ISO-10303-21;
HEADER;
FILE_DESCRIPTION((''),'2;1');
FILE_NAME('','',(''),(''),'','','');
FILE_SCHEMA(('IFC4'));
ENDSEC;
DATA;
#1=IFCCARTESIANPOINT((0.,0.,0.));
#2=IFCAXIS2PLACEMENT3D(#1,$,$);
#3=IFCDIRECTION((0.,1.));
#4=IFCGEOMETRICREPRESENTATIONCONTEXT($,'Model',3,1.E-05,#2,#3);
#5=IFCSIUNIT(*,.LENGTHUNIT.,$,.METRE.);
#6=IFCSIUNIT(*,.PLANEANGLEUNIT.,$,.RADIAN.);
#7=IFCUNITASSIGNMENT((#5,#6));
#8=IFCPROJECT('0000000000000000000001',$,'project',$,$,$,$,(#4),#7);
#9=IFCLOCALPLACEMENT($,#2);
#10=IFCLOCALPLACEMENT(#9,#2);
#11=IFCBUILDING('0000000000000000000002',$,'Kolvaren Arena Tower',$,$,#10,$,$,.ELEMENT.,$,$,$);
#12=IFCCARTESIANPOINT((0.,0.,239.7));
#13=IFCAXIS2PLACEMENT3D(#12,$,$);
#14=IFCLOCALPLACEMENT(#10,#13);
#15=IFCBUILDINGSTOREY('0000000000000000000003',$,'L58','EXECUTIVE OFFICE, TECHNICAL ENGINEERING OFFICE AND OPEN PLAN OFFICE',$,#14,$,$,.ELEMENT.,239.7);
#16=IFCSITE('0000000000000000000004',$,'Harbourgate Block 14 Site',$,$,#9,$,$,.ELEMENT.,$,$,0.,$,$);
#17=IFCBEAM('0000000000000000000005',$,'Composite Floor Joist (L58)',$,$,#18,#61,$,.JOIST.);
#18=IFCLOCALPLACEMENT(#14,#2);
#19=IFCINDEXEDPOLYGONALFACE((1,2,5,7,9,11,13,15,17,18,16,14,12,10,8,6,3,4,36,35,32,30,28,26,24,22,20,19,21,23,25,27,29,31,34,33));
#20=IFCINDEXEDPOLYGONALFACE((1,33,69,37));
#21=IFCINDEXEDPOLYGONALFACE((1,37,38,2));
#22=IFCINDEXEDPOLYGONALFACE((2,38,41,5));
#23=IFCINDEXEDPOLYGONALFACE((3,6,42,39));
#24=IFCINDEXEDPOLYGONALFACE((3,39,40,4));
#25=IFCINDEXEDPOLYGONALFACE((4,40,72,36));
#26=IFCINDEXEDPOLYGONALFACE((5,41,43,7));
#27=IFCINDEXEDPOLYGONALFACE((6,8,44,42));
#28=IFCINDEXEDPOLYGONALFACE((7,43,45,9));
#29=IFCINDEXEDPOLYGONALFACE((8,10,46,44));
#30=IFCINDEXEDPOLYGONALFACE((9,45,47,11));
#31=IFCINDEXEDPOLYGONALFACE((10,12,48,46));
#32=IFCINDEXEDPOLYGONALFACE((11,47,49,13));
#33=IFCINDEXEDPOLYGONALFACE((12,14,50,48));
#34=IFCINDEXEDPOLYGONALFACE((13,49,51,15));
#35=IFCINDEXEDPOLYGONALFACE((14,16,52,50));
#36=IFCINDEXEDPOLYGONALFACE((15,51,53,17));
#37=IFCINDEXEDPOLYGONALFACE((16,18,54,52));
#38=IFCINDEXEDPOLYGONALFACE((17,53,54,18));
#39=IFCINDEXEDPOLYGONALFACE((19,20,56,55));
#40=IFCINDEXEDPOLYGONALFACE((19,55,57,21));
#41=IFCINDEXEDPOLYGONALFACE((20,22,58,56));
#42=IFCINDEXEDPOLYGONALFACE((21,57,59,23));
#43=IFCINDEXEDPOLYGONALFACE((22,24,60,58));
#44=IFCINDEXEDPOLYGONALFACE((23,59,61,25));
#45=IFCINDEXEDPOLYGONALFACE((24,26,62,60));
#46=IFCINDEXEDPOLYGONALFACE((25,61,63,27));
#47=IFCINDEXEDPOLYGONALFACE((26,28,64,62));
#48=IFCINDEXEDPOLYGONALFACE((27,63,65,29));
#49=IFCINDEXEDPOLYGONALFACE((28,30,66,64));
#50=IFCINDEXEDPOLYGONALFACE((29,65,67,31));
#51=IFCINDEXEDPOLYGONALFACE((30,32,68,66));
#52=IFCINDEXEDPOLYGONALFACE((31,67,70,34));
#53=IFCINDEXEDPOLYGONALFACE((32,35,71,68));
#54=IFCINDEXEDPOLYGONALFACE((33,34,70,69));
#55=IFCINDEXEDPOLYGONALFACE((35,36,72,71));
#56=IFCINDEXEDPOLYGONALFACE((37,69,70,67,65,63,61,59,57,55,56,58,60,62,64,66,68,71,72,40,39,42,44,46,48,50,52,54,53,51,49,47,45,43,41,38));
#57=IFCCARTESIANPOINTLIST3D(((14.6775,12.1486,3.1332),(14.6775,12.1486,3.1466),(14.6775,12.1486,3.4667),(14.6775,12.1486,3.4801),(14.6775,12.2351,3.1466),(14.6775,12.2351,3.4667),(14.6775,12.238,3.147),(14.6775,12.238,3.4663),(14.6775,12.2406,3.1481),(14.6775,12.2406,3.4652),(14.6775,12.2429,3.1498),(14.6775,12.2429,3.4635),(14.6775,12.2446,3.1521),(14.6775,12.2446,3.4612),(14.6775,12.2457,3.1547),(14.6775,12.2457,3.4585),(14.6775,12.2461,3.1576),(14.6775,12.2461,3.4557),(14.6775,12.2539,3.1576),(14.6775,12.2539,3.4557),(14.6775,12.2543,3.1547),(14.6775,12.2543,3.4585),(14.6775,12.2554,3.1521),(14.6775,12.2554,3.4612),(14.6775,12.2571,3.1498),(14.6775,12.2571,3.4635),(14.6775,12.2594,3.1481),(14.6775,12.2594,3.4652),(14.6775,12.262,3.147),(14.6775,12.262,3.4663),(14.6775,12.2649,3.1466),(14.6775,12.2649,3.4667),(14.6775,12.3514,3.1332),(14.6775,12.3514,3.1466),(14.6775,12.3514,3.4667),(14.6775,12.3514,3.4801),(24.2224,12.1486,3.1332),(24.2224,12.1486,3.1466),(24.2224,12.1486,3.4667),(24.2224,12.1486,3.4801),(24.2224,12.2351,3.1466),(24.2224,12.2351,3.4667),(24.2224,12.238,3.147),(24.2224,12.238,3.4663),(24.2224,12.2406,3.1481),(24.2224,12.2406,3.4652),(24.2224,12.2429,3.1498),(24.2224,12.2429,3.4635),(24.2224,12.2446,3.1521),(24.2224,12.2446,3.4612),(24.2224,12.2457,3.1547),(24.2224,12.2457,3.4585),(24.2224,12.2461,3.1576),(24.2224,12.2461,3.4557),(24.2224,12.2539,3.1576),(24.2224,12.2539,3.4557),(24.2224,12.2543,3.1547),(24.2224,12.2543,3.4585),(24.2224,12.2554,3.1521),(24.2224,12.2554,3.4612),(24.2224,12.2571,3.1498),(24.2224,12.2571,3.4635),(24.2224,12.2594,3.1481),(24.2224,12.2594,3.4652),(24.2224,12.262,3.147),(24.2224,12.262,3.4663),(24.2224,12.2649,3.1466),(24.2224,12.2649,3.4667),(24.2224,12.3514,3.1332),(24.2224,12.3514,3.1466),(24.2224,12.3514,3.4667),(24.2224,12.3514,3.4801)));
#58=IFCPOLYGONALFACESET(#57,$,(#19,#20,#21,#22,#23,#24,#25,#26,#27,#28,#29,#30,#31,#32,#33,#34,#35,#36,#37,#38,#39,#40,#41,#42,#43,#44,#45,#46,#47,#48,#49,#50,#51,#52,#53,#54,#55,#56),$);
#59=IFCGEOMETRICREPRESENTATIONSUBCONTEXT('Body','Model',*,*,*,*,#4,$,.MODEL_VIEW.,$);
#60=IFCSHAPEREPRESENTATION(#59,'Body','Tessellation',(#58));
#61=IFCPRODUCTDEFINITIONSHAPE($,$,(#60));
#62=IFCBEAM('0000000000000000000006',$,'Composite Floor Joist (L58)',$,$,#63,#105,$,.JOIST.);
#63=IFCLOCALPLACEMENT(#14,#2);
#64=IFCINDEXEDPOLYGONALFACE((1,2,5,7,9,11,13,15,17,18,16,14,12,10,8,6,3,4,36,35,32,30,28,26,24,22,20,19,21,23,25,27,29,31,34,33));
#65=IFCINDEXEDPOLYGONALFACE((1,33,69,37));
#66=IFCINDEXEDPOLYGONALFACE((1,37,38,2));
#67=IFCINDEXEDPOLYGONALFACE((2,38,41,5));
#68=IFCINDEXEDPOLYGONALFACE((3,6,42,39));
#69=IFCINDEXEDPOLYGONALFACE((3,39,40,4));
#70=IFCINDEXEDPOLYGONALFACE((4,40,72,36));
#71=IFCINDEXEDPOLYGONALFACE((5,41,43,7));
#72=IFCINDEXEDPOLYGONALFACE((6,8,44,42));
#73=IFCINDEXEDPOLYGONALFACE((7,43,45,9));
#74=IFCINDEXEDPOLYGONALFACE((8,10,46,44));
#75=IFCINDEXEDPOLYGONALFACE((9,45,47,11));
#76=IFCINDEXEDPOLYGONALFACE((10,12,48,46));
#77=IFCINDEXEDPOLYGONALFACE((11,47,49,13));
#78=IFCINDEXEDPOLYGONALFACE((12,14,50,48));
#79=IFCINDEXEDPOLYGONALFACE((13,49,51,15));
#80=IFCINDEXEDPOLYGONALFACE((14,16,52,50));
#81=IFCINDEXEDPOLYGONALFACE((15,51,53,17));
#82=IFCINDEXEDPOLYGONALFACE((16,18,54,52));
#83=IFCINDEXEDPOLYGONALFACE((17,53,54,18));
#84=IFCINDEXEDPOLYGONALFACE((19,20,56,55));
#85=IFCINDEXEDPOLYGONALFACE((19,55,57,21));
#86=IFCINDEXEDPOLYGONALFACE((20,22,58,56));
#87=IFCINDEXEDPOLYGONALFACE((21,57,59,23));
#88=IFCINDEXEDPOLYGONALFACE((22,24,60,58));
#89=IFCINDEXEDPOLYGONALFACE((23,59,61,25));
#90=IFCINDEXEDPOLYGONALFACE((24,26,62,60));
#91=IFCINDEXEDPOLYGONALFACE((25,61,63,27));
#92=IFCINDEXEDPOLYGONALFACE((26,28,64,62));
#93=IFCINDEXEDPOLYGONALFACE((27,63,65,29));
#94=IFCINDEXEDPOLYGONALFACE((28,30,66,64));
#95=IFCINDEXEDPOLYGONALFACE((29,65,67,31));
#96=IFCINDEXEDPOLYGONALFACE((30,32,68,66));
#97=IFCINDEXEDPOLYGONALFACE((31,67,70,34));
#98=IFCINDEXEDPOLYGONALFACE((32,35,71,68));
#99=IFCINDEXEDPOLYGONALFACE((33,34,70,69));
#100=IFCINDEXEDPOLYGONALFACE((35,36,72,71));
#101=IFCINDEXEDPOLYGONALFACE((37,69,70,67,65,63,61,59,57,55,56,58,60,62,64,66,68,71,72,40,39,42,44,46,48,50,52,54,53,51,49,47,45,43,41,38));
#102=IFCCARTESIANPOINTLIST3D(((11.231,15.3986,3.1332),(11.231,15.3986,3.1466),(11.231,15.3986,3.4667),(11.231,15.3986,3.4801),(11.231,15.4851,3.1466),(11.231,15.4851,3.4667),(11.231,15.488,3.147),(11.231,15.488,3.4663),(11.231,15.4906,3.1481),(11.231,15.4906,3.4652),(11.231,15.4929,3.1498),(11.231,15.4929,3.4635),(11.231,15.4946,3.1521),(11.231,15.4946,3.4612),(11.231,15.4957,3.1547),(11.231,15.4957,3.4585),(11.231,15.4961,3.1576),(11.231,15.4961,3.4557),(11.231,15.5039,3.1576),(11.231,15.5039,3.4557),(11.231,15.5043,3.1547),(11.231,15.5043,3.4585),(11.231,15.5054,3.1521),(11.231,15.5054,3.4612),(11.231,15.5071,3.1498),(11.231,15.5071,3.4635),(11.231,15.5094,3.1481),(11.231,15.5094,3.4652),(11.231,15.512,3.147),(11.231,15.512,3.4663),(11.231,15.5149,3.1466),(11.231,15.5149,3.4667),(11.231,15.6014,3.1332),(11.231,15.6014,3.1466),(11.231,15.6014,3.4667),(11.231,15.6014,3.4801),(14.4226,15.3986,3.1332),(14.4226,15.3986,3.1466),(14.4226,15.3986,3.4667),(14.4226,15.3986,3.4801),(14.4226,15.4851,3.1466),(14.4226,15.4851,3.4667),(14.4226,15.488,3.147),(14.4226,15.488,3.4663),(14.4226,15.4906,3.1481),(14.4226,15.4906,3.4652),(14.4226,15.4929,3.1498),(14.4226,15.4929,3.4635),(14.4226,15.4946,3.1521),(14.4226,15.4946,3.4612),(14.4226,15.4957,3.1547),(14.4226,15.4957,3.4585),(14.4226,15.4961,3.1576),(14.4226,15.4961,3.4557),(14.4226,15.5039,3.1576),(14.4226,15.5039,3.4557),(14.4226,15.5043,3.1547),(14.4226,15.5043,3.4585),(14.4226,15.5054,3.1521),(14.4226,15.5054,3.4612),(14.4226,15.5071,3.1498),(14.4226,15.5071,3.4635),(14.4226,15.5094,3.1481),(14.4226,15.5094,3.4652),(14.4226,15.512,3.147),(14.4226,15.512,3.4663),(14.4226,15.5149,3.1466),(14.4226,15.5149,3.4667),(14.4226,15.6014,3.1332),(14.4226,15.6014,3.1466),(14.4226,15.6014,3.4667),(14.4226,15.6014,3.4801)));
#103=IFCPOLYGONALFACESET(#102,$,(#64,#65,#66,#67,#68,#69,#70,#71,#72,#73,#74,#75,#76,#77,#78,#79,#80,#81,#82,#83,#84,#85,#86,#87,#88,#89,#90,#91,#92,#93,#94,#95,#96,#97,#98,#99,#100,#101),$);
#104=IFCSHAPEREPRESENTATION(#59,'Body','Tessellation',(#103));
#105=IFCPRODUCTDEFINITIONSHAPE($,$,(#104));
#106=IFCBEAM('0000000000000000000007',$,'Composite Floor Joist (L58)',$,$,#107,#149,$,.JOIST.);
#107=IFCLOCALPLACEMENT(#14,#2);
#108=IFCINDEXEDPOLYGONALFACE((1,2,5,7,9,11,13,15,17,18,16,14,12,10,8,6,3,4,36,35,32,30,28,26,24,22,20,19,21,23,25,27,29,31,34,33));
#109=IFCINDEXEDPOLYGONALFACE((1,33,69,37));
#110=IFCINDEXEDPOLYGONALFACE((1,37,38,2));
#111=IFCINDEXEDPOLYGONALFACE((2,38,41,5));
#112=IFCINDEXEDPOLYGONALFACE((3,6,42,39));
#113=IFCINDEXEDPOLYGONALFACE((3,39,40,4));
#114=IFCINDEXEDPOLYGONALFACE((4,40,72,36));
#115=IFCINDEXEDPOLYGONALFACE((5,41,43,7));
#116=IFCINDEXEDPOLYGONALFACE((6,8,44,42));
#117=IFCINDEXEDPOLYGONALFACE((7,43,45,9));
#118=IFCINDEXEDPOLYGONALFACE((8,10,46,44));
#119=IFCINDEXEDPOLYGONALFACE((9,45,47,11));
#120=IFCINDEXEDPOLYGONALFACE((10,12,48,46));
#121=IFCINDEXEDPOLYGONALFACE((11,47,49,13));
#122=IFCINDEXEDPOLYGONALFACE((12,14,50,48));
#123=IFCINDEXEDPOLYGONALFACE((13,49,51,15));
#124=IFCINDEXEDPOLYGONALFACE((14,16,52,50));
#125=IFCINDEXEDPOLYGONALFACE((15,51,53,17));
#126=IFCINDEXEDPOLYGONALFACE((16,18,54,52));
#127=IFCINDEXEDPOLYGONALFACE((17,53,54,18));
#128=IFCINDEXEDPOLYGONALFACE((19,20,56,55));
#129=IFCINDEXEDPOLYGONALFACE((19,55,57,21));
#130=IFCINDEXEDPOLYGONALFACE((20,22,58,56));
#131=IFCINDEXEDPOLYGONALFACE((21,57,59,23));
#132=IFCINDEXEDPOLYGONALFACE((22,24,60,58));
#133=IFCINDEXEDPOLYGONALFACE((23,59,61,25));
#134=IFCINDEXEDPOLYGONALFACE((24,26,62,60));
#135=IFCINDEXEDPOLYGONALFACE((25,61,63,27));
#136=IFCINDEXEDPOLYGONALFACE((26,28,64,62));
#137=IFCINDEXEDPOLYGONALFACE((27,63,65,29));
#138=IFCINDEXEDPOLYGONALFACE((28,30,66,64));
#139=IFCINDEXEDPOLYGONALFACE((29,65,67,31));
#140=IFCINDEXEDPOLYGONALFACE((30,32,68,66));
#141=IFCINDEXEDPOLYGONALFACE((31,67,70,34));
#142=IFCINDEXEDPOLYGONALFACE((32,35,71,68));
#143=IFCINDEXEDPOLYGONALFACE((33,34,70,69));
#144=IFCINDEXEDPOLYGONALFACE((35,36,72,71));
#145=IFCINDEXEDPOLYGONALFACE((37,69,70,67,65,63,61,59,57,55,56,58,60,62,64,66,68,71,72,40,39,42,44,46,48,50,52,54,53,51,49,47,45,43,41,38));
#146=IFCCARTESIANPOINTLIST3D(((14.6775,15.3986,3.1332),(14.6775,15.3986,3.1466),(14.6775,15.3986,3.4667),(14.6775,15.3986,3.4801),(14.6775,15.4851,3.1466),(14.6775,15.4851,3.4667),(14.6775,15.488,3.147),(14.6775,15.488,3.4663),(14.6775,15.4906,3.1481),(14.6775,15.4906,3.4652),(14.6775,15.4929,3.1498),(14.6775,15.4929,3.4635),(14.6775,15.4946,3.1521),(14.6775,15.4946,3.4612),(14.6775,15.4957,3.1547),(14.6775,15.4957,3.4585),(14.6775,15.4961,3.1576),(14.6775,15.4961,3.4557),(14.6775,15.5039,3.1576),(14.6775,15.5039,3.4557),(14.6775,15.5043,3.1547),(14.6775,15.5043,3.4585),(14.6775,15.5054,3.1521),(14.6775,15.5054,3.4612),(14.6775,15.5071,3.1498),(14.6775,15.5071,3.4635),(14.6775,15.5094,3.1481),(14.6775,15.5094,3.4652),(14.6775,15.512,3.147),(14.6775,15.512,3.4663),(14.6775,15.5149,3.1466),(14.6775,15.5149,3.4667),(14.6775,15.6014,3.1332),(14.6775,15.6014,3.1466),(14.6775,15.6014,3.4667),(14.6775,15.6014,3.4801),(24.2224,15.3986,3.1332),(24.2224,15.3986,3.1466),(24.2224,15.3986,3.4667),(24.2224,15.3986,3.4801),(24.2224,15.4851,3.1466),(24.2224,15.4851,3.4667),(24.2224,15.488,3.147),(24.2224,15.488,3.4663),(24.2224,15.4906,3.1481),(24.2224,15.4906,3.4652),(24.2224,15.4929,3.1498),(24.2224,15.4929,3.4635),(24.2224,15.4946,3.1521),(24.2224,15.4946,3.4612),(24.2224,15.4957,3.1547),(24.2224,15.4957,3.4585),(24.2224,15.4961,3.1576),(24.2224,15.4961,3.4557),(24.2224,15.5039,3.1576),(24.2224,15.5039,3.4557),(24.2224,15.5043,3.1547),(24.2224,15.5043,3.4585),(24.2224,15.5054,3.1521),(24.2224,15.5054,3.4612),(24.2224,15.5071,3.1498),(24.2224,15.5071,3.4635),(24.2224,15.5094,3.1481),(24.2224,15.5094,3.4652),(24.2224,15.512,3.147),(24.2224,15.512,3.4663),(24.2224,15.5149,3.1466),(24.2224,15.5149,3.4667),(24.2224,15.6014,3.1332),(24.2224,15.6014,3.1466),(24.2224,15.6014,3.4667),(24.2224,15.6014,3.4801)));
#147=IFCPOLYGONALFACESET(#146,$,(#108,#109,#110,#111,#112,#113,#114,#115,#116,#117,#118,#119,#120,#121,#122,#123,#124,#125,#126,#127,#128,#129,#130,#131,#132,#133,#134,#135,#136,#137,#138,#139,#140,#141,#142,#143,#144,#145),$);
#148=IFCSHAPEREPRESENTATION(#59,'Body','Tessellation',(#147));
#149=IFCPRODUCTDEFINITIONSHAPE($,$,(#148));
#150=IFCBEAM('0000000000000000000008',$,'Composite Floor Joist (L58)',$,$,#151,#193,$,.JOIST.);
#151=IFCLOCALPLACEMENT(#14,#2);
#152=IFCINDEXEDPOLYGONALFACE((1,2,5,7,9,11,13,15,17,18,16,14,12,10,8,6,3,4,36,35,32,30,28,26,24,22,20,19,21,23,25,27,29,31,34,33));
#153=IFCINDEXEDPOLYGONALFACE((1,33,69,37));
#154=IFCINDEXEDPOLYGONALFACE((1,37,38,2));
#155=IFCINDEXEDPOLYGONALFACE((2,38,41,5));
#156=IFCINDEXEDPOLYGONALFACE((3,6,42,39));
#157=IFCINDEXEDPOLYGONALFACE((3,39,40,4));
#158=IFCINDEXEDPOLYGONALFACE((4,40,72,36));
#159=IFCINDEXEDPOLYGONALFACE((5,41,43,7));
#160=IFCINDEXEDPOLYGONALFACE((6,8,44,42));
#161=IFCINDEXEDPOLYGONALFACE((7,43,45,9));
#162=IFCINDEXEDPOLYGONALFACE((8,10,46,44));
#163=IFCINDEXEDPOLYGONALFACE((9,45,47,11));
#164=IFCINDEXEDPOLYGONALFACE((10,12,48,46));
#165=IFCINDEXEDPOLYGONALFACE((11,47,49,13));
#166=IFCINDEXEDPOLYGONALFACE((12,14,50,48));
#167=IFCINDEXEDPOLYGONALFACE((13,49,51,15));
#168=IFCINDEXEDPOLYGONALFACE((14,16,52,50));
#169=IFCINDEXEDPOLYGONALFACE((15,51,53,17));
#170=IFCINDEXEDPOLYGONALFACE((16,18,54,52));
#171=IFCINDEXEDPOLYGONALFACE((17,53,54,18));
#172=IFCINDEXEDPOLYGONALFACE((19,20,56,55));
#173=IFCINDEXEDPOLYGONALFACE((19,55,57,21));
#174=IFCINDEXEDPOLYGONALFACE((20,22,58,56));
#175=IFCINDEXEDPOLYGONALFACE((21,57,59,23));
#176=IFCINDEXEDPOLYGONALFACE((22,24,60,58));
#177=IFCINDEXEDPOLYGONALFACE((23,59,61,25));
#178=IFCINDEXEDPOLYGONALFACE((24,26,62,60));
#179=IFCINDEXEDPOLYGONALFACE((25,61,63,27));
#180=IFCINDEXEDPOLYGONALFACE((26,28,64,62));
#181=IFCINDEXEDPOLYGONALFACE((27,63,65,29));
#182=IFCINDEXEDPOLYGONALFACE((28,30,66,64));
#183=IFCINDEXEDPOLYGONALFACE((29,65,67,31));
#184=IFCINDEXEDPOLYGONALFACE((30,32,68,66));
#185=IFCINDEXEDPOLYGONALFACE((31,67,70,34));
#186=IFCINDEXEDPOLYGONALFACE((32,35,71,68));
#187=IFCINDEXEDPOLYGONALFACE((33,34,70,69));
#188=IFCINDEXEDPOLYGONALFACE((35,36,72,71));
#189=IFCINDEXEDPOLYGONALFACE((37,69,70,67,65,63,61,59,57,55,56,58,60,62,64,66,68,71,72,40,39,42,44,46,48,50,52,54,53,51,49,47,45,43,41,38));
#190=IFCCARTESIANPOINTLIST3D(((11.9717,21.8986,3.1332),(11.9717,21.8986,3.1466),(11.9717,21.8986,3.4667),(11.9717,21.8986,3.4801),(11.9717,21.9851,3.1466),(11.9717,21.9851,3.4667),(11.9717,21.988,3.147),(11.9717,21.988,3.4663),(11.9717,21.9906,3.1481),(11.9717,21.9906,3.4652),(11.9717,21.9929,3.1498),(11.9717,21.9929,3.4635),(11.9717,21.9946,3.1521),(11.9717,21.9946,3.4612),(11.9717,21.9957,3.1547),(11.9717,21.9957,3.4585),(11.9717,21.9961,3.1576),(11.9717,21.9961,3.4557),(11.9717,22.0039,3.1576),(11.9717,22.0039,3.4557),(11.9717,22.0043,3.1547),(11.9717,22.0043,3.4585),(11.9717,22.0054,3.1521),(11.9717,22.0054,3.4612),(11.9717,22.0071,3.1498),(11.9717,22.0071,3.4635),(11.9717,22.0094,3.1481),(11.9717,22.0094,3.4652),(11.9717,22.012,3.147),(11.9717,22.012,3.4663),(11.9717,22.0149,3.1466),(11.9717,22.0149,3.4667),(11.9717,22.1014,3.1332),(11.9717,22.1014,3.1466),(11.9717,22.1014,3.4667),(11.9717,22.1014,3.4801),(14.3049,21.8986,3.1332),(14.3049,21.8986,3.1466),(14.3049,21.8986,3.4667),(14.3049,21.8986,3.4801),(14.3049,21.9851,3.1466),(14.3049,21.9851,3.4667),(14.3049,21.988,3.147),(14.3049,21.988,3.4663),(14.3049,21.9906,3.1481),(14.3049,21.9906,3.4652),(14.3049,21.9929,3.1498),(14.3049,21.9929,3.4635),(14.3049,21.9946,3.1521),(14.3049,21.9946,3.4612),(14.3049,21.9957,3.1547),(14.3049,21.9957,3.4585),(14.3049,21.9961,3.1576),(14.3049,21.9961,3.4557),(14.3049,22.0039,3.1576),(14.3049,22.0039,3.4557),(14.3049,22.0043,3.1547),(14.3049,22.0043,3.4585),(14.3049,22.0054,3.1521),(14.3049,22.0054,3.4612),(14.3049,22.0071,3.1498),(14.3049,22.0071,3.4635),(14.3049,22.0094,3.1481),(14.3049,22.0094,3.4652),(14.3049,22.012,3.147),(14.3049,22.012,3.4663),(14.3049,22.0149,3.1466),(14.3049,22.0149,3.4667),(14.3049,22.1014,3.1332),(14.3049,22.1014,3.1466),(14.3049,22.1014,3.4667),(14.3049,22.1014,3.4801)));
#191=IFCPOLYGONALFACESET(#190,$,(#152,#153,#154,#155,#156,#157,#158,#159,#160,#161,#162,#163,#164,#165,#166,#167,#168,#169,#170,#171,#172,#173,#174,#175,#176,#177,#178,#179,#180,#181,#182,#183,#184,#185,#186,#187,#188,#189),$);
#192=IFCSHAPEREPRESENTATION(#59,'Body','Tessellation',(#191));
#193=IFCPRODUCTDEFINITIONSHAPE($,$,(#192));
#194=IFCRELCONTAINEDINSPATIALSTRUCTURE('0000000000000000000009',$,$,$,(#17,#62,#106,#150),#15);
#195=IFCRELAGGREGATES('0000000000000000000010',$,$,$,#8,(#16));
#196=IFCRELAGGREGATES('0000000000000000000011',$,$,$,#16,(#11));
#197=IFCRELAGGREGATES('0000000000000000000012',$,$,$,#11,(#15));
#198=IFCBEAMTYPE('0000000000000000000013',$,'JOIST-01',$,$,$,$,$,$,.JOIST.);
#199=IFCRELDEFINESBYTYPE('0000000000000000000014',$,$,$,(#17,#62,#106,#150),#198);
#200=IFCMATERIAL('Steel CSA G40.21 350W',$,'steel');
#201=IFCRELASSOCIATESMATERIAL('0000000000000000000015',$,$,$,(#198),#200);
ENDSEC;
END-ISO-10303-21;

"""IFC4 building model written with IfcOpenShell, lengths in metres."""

from ifc_helpers import new_model, si_unit, direction, frame, origin, origin_2d, place, context, subcontext, project, spatial, i_section, extrude, material, material_profile, profile_set, type_object, element, save


model = new_model("IFC4")

# Units and contexts
model_context = context("Model", 3, precision=1e-05, world=origin(), true_north=direction((0.0, 1.0)))
body_context = subcontext(model_context, "Body", "Model", "MODEL_VIEW")
ifc_project = project(units=[si_unit("LENGTHUNIT", "METRE"), si_unit("PLANEANGLEUNIT", "RADIAN")], contexts=[model_context])

# Site, building, storey
site_placement = place(None, origin())
site = spatial("IfcSite", under=ifc_project, at=site_placement, Name="Harbourgate Block 14 Site", CompositionType="ELEMENT", RefElevation=0.0)
building_placement = place(site_placement, origin())
building = spatial("IfcBuilding", under=site, at=building_placement, Name="Kolvaren Arena Tower", CompositionType="ELEMENT")
storey_placement = place(building_placement, frame((0.0, 0.0, 239.7)))
storey = spatial("IfcBuildingStorey", under=building, at=storey_placement, Name="L58", Description="EXECUTIVE OFFICE, TECHNICAL ENGINEERING OFFICE AND OPEN PLAN OFFICE", CompositionType="ELEMENT", Elevation=239.7)

# Beams
ifc_material_1 = material(Name="Steel CSA G40.21 350W", Category="steel")
ifc_material_profile_1 = material_profile(ifc_material_1, i_section(OverallWidth=0.2029, OverallDepth=0.3469, WebThickness=0.0078, FlangeThickness=0.0134, FilletRadius=0.011, at=origin_2d()), Name="W360x64")
ifc_profile_set_1 = profile_set([ifc_material_profile_1], Name="Steel CSA G40.21 350W")
beam_type_1 = type_object("IfcBeamType", Name="JOIST-01", PredefinedType="JOIST", material=ifc_profile_set_1)
beam_1_placement = place(storey_placement, frame((14.6775, 12.25, 3.3066), z_axis=(1.0, 0.0, 0.0), x_axis=(0.0, 1.0, 0.0)))
element("IfcBeam", 1, at=beam_1_placement, inside=storey, type_object=beam_type_1, Name="Composite Floor Joist (L58)", PredefinedType="JOIST", context=body_context, shape_type="SweptSolid", body=[
    extrude(i_section(OverallWidth=0.2029, OverallDepth=0.3469, WebThickness=0.0078, FlangeThickness=0.0134, FilletRadius=0.011, at=origin_2d()), origin(), (0.0, 0.0, 1.0), 9.5449),
])
beam_2_placement = place(storey_placement, frame((11.231, 15.5, 3.3066), z_axis=(1.0, 0.0, 0.0), x_axis=(0.0, 1.0, 0.0)))
element("IfcBeam", 2, at=beam_2_placement, inside=storey, type_object=beam_type_1, Name="Composite Floor Joist (L58)", PredefinedType="JOIST", context=body_context, shape_type="SweptSolid", body=[
    extrude(i_section(OverallWidth=0.2029, OverallDepth=0.3469, WebThickness=0.0078, FlangeThickness=0.0134, FilletRadius=0.011, at=origin_2d()), origin(), (0.0, 0.0, 1.0), 3.1917),
])
beam_3_placement = place(storey_placement, frame((14.6775, 15.5, 3.3066), z_axis=(1.0, 0.0, 0.0), x_axis=(0.0, 1.0, 0.0)))
element("IfcBeam", 3, at=beam_3_placement, inside=storey, type_object=beam_type_1, Name="Composite Floor Joist (L58)", PredefinedType="JOIST", context=body_context, shape_type="SweptSolid", body=[
    extrude(i_section(OverallWidth=0.2029, OverallDepth=0.3469, WebThickness=0.0078, FlangeThickness=0.0134, FilletRadius=0.011, at=origin_2d()), origin(), (0.0, 0.0, 1.0), 9.5449),
])
beam_4_placement = place(storey_placement, frame((11.9717, 22.0, 3.3066), z_axis=(1.0, 0.0, 0.0), x_axis=(0.0, 1.0, 0.0)))
element("IfcBeam", 4, at=beam_4_placement, inside=storey, type_object=beam_type_1, Name="Composite Floor Joist (L58)", PredefinedType="JOIST", context=body_context, shape_type="SweptSolid", body=[
    extrude(i_section(OverallWidth=0.2029, OverallDepth=0.3469, WebThickness=0.0078, FlangeThickness=0.0134, FilletRadius=0.011, at=origin_2d()), origin(), (0.0, 0.0, 1.0), 2.3333),
])

save(model, "model.ifc")
